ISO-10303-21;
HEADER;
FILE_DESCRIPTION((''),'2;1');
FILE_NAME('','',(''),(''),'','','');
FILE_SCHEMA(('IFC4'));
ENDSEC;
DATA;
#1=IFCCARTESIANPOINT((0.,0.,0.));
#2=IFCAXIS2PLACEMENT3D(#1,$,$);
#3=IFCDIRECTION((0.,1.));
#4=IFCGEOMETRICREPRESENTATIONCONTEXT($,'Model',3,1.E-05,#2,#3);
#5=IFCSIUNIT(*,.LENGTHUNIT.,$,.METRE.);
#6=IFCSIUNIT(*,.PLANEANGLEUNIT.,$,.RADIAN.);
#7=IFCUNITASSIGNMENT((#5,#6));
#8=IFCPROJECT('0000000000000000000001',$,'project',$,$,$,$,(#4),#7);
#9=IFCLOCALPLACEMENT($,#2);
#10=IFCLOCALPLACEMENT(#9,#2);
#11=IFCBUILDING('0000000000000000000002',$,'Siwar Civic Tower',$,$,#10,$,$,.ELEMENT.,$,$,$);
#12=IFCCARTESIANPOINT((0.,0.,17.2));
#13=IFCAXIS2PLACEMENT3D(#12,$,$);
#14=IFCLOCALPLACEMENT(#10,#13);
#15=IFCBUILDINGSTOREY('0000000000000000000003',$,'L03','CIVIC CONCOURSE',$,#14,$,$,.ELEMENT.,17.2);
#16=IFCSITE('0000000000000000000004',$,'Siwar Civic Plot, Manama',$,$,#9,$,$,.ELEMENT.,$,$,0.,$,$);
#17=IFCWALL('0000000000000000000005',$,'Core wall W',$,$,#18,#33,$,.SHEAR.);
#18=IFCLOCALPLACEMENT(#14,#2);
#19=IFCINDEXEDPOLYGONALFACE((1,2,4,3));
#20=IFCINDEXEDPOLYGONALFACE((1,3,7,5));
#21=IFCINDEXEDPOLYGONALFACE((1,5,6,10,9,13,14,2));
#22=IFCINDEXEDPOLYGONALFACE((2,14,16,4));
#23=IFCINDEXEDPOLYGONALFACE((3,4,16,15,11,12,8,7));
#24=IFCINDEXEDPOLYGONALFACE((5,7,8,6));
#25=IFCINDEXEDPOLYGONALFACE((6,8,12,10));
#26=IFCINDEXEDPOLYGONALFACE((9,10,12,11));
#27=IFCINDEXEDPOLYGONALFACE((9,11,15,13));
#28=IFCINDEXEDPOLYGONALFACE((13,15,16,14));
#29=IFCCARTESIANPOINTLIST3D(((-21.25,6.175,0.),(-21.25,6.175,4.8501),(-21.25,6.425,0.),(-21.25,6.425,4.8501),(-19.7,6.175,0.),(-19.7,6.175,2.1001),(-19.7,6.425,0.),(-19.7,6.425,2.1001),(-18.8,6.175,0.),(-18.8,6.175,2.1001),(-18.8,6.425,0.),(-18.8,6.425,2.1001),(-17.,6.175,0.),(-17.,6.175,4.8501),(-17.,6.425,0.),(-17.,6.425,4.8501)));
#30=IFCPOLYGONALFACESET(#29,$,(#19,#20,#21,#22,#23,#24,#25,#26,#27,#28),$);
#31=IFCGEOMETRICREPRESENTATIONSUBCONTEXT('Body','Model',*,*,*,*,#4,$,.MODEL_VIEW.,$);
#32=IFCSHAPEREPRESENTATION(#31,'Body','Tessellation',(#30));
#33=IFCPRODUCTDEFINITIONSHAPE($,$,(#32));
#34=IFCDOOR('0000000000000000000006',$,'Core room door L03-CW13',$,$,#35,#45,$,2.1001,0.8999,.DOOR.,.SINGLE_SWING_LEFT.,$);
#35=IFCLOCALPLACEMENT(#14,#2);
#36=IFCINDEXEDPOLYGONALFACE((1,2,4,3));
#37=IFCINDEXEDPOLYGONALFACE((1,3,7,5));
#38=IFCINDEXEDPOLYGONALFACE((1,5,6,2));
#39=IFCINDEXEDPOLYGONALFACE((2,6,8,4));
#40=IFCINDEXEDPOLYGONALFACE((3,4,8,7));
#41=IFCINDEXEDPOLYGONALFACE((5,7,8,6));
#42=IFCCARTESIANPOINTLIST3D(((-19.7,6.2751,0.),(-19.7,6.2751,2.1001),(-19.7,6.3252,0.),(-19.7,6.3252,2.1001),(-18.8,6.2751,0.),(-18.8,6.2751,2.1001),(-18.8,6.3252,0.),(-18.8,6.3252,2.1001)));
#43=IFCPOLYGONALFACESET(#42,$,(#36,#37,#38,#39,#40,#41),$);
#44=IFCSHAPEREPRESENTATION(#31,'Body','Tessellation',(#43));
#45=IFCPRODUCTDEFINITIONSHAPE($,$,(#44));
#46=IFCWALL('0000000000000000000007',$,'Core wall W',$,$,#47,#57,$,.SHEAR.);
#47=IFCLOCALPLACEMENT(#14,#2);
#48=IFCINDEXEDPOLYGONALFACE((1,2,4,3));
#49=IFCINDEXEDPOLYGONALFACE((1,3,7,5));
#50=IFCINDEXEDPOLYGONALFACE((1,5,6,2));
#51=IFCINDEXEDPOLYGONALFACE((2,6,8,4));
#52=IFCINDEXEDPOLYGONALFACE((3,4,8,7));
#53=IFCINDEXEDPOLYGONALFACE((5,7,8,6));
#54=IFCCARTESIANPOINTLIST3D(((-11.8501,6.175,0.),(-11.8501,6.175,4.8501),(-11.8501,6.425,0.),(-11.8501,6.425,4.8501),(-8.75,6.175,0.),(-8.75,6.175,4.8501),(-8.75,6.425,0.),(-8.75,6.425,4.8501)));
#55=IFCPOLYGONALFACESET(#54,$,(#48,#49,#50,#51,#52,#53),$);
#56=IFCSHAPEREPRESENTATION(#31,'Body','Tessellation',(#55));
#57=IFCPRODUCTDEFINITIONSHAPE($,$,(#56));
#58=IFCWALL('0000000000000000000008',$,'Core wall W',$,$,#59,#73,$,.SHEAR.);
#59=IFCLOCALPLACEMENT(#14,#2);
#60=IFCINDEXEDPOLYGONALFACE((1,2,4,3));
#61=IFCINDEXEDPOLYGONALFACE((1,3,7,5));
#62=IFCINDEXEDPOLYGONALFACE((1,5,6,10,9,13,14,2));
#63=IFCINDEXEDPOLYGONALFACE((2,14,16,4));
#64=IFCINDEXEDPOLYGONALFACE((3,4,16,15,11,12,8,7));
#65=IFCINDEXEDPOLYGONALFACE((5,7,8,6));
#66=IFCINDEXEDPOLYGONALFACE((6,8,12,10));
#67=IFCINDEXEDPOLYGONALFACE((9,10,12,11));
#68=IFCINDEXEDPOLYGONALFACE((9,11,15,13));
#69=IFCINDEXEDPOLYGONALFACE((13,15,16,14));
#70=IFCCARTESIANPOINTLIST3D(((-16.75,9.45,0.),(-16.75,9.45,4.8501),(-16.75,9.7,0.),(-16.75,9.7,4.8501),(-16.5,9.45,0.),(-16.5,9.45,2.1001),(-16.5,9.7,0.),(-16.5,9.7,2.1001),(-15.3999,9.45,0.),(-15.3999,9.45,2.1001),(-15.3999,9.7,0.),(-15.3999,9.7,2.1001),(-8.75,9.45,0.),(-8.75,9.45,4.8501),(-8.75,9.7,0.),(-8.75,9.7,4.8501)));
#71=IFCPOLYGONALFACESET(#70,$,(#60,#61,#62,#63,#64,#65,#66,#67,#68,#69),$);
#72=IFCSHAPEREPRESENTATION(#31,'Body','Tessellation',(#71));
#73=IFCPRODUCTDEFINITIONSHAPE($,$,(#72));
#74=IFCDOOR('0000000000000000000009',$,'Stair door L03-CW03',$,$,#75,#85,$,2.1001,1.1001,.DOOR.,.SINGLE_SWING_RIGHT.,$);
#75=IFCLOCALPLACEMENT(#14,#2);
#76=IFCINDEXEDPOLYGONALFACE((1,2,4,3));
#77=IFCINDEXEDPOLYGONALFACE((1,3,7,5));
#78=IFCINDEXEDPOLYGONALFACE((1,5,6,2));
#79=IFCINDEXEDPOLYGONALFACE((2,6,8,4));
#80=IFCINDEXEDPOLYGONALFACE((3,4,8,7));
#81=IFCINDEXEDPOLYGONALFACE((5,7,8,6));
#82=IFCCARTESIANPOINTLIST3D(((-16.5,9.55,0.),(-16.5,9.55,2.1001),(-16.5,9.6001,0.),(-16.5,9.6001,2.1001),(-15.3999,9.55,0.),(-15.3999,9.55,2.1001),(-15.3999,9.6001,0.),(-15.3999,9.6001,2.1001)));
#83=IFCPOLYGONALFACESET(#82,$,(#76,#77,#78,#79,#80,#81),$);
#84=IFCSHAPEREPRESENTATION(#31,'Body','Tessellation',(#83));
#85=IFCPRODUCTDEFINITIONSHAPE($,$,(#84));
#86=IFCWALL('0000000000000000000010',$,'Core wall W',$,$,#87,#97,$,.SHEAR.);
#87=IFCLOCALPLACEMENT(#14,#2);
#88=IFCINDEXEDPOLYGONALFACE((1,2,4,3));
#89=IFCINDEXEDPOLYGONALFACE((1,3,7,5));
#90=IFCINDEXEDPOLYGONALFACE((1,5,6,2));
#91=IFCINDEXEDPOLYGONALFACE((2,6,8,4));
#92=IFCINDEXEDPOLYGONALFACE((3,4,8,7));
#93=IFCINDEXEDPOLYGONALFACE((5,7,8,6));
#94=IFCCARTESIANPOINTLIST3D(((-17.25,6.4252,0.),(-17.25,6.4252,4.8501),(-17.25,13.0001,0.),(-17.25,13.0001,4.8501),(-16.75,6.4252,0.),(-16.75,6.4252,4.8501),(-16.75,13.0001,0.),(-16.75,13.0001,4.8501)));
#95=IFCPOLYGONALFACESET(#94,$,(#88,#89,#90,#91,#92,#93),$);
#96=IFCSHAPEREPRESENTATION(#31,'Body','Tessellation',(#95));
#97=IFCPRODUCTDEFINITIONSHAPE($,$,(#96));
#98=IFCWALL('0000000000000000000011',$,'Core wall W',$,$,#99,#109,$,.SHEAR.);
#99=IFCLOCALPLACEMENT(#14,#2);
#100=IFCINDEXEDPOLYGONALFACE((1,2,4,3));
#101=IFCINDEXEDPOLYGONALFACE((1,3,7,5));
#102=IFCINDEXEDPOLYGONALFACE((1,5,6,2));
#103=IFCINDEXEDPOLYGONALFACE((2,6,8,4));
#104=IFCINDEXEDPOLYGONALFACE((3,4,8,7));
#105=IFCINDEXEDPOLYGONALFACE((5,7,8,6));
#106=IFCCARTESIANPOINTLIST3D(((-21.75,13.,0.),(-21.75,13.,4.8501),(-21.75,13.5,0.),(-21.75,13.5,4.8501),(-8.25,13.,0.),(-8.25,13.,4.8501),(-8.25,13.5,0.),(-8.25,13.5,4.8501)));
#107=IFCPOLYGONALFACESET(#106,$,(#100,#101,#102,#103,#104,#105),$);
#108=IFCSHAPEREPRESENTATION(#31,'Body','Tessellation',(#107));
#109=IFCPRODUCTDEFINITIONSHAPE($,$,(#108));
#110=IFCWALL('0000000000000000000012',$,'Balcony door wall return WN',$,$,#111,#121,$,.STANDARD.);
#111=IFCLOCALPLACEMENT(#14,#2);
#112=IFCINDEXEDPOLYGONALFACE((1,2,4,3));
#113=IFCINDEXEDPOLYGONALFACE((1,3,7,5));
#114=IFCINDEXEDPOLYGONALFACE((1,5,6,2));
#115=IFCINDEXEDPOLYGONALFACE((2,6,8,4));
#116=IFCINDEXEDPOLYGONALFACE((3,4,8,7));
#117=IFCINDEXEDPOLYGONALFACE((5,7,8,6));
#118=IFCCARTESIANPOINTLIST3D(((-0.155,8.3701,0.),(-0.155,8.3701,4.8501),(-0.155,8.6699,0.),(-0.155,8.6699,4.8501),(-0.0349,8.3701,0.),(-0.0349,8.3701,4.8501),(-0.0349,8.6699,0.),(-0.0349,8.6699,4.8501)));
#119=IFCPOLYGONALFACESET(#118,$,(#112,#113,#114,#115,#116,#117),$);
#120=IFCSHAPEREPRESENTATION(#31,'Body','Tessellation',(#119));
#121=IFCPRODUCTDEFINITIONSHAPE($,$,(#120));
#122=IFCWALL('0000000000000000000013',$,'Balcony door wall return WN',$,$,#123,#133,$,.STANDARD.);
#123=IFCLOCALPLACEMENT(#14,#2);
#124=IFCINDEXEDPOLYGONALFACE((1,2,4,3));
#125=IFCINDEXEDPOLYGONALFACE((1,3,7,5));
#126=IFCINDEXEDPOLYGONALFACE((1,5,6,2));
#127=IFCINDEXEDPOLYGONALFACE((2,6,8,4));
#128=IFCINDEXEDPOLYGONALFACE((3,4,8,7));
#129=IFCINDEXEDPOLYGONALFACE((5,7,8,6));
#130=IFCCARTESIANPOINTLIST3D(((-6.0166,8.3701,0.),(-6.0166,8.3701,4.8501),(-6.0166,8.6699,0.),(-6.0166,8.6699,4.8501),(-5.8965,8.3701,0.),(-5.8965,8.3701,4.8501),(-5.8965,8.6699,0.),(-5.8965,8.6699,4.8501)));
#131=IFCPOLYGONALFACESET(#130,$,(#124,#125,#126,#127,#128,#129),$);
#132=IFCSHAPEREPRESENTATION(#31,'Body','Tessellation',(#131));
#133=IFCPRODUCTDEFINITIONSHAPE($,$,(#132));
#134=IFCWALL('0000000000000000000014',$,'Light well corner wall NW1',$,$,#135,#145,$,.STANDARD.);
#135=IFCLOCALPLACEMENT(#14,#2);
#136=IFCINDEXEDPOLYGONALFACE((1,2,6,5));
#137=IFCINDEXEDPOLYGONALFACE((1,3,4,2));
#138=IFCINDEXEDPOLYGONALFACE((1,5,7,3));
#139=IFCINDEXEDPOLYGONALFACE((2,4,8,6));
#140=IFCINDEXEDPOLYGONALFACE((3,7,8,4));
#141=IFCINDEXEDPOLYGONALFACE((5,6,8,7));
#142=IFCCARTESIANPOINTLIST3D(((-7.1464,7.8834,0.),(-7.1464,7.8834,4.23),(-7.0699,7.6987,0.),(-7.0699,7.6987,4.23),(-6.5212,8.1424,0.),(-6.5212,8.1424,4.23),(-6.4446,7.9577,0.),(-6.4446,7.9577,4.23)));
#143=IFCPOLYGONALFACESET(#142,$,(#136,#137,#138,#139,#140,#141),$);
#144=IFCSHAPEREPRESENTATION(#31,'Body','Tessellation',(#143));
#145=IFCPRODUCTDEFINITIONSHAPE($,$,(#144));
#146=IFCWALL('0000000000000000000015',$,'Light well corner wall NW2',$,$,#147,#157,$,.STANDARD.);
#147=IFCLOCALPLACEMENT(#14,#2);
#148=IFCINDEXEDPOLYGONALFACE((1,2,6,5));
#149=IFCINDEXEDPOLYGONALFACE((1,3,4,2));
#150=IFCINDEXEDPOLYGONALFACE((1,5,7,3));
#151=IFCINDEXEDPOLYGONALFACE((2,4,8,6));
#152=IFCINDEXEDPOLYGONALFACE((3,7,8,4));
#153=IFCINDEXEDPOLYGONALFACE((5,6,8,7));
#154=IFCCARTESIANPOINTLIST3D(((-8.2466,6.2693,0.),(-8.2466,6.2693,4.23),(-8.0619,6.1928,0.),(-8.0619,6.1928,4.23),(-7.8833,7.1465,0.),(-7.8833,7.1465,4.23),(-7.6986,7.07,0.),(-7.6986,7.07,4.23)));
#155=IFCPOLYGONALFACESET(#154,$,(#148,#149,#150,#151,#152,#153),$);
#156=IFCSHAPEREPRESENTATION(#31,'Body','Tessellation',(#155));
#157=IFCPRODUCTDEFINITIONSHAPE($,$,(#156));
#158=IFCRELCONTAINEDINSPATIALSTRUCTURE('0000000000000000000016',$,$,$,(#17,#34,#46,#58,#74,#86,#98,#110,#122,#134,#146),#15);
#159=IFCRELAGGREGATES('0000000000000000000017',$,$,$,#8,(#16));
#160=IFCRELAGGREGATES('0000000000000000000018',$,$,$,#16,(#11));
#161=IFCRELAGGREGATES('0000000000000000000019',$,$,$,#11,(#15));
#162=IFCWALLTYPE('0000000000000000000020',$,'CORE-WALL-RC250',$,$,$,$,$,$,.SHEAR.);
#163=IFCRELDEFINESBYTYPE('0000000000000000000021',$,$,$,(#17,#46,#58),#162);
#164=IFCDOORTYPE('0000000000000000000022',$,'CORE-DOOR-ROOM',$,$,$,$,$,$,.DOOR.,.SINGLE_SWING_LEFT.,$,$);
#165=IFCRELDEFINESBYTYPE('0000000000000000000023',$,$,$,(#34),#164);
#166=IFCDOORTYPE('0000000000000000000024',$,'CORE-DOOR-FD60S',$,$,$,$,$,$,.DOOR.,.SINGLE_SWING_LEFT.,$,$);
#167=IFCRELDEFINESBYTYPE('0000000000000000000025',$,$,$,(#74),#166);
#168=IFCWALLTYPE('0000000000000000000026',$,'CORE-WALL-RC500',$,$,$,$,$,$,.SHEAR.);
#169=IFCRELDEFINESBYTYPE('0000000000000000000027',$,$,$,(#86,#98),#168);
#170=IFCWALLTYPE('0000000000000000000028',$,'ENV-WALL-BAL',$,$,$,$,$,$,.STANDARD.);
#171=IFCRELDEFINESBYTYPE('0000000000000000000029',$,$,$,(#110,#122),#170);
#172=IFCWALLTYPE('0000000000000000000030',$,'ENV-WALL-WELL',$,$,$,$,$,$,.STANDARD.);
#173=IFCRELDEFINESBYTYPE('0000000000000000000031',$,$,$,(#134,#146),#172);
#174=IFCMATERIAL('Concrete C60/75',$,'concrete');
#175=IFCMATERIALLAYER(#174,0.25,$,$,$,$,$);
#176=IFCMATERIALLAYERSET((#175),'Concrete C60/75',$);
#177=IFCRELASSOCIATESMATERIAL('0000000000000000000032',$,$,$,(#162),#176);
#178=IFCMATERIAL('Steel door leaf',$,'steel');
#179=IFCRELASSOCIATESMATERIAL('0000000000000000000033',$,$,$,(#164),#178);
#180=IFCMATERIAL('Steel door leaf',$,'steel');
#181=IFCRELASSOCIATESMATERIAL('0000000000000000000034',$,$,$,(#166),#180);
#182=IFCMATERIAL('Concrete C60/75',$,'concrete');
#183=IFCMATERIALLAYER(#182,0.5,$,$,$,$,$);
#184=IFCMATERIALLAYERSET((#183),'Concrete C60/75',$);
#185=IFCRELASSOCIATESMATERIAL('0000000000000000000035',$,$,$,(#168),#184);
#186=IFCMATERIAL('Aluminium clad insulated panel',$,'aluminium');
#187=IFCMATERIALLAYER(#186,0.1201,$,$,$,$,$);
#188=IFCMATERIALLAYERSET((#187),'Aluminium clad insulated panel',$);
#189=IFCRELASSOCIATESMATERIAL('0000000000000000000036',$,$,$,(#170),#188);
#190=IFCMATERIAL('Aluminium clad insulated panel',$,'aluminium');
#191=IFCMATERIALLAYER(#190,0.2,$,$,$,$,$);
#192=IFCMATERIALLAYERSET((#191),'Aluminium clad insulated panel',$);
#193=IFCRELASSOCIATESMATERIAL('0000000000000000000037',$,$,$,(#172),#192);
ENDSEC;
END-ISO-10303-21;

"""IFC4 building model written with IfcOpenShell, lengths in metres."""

from ifc_helpers import new_model, si_unit, direction, frame, frame_2d, origin, place, context, subcontext, project, spatial, rectangle, extrude, material, layer, layer_set, type_object, element, fill, save


model = new_model("IFC4")

# Units and contexts
model_context = context("Model", 3, precision=1e-05, world=origin(), true_north=direction((0.0, 1.0)))
body_context = subcontext(model_context, "Body", "Model", "MODEL_VIEW")
ifc_project = project(units=[si_unit("LENGTHUNIT", "METRE"), si_unit("PLANEANGLEUNIT", "RADIAN")], contexts=[model_context])

# Site, building, storey
site_placement = place(None, origin())
site = spatial("IfcSite", under=ifc_project, at=site_placement, Name="Siwar Civic Plot, Manama", CompositionType="ELEMENT", RefElevation=0.0)
building_placement = place(site_placement, origin())
building = spatial("IfcBuilding", under=site, at=building_placement, Name="Siwar Civic Tower", CompositionType="ELEMENT")
storey_placement = place(building_placement, frame((0.0, 0.0, 17.2)))
storey = spatial("IfcBuildingStorey", under=building, at=storey_placement, Name="L03", Description="CIVIC CONCOURSE", CompositionType="ELEMENT", Elevation=17.2)

# Shared definitions
ifc_material_1 = material(Name="Concrete C60/75", Category="concrete")
ifc_layer_1 = layer(ifc_material_1, 0.25)
ifc_layer_set_1 = layer_set([ifc_layer_1], Name="Concrete C60/75")
wall_type_1 = type_object("IfcWallType", Name="CORE-WALL-RC250", PredefinedType="SHEAR", material=ifc_layer_set_1)

# Wall, opening, door
wall_1_placement = place(storey_placement, frame((-17.0, 6.3, 0.0), z_axis=(0.0, 0.0, 1.0), x_axis=(-1.0, 0.0, 0.0)))
wall_1 = element("IfcWall", 1, at=wall_1_placement, inside=storey, type_object=wall_type_1, Name="Core wall W", PredefinedType="SHEAR", context=body_context, shape_type="SweptSolid", body=[
    extrude(rectangle(XDim=4.25, YDim=0.25, at=frame_2d((2.125, 0.0))), origin(), (0.0, 0.0, 1.0), 4.8501),
])
opening_1_placement = place(wall_1_placement, frame((1.8, 0.0, 0.0)))
opening_1 = element("IfcOpeningElement", 2, at=opening_1_placement, cuts=wall_1, PredefinedType="OPENING", context=body_context, shape_type="SweptSolid", body=[
    extrude(rectangle(XDim=0.8999, YDim=2.1001, at=frame_2d((0.45, 1.05))), frame((0.0, 0.135, 0.0), z_axis=(0.0, -1.0, 0.0), x_axis=(1.0, 0.0, 0.0)), (0.0, 0.0, 1.0), 0.27),
])
ifc_material_2 = material(Name="Steel door leaf", Category="steel")
door_type_1 = type_object("IfcDoorType", Name="CORE-DOOR-ROOM", OperationType="SINGLE_SWING_LEFT", PredefinedType="DOOR", material=ifc_material_2)
door_1_placement = place(opening_1_placement, origin())
door_1 = element("IfcDoor", 3, at=door_1_placement, inside=storey, type_object=door_type_1, Name="Core room door L03-CW13", OperationType="SINGLE_SWING_LEFT", OverallHeight=2.1001, OverallWidth=0.8999, PredefinedType="DOOR", context=body_context, shape_type="SweptSolid", body=[
    extrude(rectangle(XDim=0.8999, YDim=2.1001, at=frame_2d((0.45, 1.05))), frame((0.0, 0.0249, 0.0), z_axis=(0.0, -1.0, 0.0), x_axis=(1.0, 0.0, 0.0)), (0.0, 0.0, 1.0), 0.05),
])
fill(opening_1, door_1)

# Wall
wall_2_placement = place(storey_placement, frame((-8.75, 6.3, 0.0), z_axis=(0.0, 0.0, 1.0), x_axis=(-1.0, 0.0, 0.0)))
element("IfcWall", 4, at=wall_2_placement, inside=storey, type_object=wall_type_1, Name="Core wall W", PredefinedType="SHEAR", context=body_context, shape_type="SweptSolid", body=[
    extrude(rectangle(XDim=3.1001, YDim=0.25, at=frame_2d((1.55, 0.0))), origin(), (0.0, 0.0, 1.0), 4.8501),
])

# Wall, opening, door
wall_3_placement = place(storey_placement, frame((-8.75, 9.575, 0.0), z_axis=(0.0, 0.0, 1.0), x_axis=(-1.0, 0.0, 0.0)))
wall_3 = element("IfcWall", 5, at=wall_3_placement, inside=storey, type_object=wall_type_1, Name="Core wall W", PredefinedType="SHEAR", context=body_context, shape_type="SweptSolid", body=[
    extrude(rectangle(XDim=8.0, YDim=0.25, at=frame_2d((4.0, 0.0))), origin(), (0.0, 0.0, 1.0), 4.8501),
])
opening_2_placement = place(wall_3_placement, frame((6.6499, 0.0, 0.0)))
opening_2 = element("IfcOpeningElement", 6, at=opening_2_placement, cuts=wall_3, PredefinedType="OPENING", context=body_context, shape_type="SweptSolid", body=[
    extrude(rectangle(XDim=1.1001, YDim=2.1001, at=frame_2d((0.55, 1.05))), frame((0.0, 0.135, 0.0), z_axis=(0.0, -1.0, 0.0), x_axis=(1.0, 0.0, 0.0)), (0.0, 0.0, 1.0), 0.27),
])
ifc_material_3 = material(Name="Steel door leaf", Category="steel")
door_type_2 = type_object("IfcDoorType", Name="CORE-DOOR-FD60S", OperationType="SINGLE_SWING_LEFT", PredefinedType="DOOR", material=ifc_material_3)
door_2_placement = place(opening_2_placement, origin())
door_2 = element("IfcDoor", 7, at=door_2_placement, inside=storey, type_object=door_type_2, Name="Stair door L03-CW03", OperationType="SINGLE_SWING_RIGHT", OverallHeight=2.1001, OverallWidth=1.1001, PredefinedType="DOOR", context=body_context, shape_type="SweptSolid", body=[
    extrude(rectangle(XDim=1.1001, YDim=2.1001, at=frame_2d((0.55, 1.05))), frame((0.0, 0.0249, 0.0), z_axis=(0.0, -1.0, 0.0), x_axis=(1.0, 0.0, 0.0)), (0.0, 0.0, 1.0), 0.05),
])
fill(opening_2, door_2)

# Walls
ifc_material_4 = material(Name="Concrete C60/75", Category="concrete")
ifc_layer_2 = layer(ifc_material_4, 0.5)
ifc_layer_set_2 = layer_set([ifc_layer_2], Name="Concrete C60/75")
wall_type_2 = type_object("IfcWallType", Name="CORE-WALL-RC500", PredefinedType="SHEAR", material=ifc_layer_set_2)
wall_4_placement = place(storey_placement, frame((-17.0, 6.425, 0.0), z_axis=(0.0, 0.0, 1.0), x_axis=(0.0, 1.0, 0.0)))
element("IfcWall", 8, at=wall_4_placement, inside=storey, type_object=wall_type_2, Name="Core wall W", PredefinedType="SHEAR", context=body_context, shape_type="SweptSolid", body=[
    extrude(rectangle(XDim=6.575, YDim=0.5, at=frame_2d((3.2876, 0.0))), origin(), (0.0, 0.0, 1.0), 4.8501),
])
wall_5_placement = place(storey_placement, frame((-8.25, 13.25, 0.0), z_axis=(0.0, 0.0, 1.0), x_axis=(-1.0, 0.0, 0.0)))
element("IfcWall", 9, at=wall_5_placement, inside=storey, type_object=wall_type_2, Name="Core wall W", PredefinedType="SHEAR", context=body_context, shape_type="SweptSolid", body=[
    extrude(rectangle(XDim=13.5, YDim=0.5, at=frame_2d((6.75, 0.0))), origin(), (0.0, 0.0, 1.0), 4.8501),
])
ifc_material_5 = material(Name="Aluminium clad insulated panel", Category="aluminium")
ifc_layer_3 = layer(ifc_material_5, 0.1201)
ifc_layer_set_3 = layer_set([ifc_layer_3], Name="Aluminium clad insulated panel")
wall_type_3 = type_object("IfcWallType", Name="ENV-WALL-BAL", PredefinedType="STANDARD", material=ifc_layer_set_3)
for number, where, z_axis, x_axis, name in (
    (10, (-0.095, 8.6699, 0.0), (0.0, 0.0, 1.0), (0.0, -1.0, 0.0), "Balcony door wall return WN"),
    (11, (-5.9565, 8.6699, 0.0), (0.0, 0.0, 1.0), (0.0, -1.0, 0.0), "Balcony door wall return WN"),
):
    element("IfcWall", number, at=place(storey_placement, frame(where, z_axis=z_axis, x_axis=x_axis)), inside=storey, type_object=wall_type_3, Name=name, PredefinedType="STANDARD", context=body_context, shape_type="SweptSolid", body=[
        extrude(rectangle(XDim=0.2998, YDim=0.1201, at=frame_2d((0.1499, 0.0))), origin(), (0.0, 0.0, 1.0), 4.8501),
    ])

# Walls
ifc_material_6 = material(Name="Aluminium clad insulated panel", Category="aluminium")
ifc_layer_4 = layer(ifc_material_6, 0.2)
ifc_layer_set_4 = layer_set([ifc_layer_4], Name="Aluminium clad insulated panel")
wall_type_4 = type_object("IfcWallType", Name="ENV-WALL-WELL", PredefinedType="STANDARD", material=ifc_layer_set_4)
wall_6_placement = place(storey_placement, frame((-6.4829, 8.05, 0.0), z_axis=(0.0, 0.0, 1.0), x_axis=(-0.923854, -0.382745, 0.0)))
element("IfcWall", 12, at=wall_6_placement, inside=storey, type_object=wall_type_4, Name="Light well corner wall NW1", PredefinedType="STANDARD", context=body_context, shape_type="SweptSolid", body=[
    extrude(rectangle(XDim=0.6768, YDim=0.2, at=frame_2d((0.3384, 0.0))), origin(), (0.0, 0.0, 1.0), 4.23),
])
wall_7_placement = place(storey_placement, frame((-7.791, 7.1082, 0.0), z_axis=(0.0, 0.0, 1.0), x_axis=(-0.382624, -0.923904, 0.0)))
element("IfcWall", 13, at=wall_7_placement, inside=storey, type_object=wall_type_4, Name="Light well corner wall NW2", PredefinedType="STANDARD", context=body_context, shape_type="SweptSolid", body=[
    extrude(rectangle(XDim=0.9495, YDim=0.2, at=frame_2d((0.4746, 0.0))), origin(), (0.0, 0.0, 1.0), 4.23),
])

save(model, "model.ifc")
